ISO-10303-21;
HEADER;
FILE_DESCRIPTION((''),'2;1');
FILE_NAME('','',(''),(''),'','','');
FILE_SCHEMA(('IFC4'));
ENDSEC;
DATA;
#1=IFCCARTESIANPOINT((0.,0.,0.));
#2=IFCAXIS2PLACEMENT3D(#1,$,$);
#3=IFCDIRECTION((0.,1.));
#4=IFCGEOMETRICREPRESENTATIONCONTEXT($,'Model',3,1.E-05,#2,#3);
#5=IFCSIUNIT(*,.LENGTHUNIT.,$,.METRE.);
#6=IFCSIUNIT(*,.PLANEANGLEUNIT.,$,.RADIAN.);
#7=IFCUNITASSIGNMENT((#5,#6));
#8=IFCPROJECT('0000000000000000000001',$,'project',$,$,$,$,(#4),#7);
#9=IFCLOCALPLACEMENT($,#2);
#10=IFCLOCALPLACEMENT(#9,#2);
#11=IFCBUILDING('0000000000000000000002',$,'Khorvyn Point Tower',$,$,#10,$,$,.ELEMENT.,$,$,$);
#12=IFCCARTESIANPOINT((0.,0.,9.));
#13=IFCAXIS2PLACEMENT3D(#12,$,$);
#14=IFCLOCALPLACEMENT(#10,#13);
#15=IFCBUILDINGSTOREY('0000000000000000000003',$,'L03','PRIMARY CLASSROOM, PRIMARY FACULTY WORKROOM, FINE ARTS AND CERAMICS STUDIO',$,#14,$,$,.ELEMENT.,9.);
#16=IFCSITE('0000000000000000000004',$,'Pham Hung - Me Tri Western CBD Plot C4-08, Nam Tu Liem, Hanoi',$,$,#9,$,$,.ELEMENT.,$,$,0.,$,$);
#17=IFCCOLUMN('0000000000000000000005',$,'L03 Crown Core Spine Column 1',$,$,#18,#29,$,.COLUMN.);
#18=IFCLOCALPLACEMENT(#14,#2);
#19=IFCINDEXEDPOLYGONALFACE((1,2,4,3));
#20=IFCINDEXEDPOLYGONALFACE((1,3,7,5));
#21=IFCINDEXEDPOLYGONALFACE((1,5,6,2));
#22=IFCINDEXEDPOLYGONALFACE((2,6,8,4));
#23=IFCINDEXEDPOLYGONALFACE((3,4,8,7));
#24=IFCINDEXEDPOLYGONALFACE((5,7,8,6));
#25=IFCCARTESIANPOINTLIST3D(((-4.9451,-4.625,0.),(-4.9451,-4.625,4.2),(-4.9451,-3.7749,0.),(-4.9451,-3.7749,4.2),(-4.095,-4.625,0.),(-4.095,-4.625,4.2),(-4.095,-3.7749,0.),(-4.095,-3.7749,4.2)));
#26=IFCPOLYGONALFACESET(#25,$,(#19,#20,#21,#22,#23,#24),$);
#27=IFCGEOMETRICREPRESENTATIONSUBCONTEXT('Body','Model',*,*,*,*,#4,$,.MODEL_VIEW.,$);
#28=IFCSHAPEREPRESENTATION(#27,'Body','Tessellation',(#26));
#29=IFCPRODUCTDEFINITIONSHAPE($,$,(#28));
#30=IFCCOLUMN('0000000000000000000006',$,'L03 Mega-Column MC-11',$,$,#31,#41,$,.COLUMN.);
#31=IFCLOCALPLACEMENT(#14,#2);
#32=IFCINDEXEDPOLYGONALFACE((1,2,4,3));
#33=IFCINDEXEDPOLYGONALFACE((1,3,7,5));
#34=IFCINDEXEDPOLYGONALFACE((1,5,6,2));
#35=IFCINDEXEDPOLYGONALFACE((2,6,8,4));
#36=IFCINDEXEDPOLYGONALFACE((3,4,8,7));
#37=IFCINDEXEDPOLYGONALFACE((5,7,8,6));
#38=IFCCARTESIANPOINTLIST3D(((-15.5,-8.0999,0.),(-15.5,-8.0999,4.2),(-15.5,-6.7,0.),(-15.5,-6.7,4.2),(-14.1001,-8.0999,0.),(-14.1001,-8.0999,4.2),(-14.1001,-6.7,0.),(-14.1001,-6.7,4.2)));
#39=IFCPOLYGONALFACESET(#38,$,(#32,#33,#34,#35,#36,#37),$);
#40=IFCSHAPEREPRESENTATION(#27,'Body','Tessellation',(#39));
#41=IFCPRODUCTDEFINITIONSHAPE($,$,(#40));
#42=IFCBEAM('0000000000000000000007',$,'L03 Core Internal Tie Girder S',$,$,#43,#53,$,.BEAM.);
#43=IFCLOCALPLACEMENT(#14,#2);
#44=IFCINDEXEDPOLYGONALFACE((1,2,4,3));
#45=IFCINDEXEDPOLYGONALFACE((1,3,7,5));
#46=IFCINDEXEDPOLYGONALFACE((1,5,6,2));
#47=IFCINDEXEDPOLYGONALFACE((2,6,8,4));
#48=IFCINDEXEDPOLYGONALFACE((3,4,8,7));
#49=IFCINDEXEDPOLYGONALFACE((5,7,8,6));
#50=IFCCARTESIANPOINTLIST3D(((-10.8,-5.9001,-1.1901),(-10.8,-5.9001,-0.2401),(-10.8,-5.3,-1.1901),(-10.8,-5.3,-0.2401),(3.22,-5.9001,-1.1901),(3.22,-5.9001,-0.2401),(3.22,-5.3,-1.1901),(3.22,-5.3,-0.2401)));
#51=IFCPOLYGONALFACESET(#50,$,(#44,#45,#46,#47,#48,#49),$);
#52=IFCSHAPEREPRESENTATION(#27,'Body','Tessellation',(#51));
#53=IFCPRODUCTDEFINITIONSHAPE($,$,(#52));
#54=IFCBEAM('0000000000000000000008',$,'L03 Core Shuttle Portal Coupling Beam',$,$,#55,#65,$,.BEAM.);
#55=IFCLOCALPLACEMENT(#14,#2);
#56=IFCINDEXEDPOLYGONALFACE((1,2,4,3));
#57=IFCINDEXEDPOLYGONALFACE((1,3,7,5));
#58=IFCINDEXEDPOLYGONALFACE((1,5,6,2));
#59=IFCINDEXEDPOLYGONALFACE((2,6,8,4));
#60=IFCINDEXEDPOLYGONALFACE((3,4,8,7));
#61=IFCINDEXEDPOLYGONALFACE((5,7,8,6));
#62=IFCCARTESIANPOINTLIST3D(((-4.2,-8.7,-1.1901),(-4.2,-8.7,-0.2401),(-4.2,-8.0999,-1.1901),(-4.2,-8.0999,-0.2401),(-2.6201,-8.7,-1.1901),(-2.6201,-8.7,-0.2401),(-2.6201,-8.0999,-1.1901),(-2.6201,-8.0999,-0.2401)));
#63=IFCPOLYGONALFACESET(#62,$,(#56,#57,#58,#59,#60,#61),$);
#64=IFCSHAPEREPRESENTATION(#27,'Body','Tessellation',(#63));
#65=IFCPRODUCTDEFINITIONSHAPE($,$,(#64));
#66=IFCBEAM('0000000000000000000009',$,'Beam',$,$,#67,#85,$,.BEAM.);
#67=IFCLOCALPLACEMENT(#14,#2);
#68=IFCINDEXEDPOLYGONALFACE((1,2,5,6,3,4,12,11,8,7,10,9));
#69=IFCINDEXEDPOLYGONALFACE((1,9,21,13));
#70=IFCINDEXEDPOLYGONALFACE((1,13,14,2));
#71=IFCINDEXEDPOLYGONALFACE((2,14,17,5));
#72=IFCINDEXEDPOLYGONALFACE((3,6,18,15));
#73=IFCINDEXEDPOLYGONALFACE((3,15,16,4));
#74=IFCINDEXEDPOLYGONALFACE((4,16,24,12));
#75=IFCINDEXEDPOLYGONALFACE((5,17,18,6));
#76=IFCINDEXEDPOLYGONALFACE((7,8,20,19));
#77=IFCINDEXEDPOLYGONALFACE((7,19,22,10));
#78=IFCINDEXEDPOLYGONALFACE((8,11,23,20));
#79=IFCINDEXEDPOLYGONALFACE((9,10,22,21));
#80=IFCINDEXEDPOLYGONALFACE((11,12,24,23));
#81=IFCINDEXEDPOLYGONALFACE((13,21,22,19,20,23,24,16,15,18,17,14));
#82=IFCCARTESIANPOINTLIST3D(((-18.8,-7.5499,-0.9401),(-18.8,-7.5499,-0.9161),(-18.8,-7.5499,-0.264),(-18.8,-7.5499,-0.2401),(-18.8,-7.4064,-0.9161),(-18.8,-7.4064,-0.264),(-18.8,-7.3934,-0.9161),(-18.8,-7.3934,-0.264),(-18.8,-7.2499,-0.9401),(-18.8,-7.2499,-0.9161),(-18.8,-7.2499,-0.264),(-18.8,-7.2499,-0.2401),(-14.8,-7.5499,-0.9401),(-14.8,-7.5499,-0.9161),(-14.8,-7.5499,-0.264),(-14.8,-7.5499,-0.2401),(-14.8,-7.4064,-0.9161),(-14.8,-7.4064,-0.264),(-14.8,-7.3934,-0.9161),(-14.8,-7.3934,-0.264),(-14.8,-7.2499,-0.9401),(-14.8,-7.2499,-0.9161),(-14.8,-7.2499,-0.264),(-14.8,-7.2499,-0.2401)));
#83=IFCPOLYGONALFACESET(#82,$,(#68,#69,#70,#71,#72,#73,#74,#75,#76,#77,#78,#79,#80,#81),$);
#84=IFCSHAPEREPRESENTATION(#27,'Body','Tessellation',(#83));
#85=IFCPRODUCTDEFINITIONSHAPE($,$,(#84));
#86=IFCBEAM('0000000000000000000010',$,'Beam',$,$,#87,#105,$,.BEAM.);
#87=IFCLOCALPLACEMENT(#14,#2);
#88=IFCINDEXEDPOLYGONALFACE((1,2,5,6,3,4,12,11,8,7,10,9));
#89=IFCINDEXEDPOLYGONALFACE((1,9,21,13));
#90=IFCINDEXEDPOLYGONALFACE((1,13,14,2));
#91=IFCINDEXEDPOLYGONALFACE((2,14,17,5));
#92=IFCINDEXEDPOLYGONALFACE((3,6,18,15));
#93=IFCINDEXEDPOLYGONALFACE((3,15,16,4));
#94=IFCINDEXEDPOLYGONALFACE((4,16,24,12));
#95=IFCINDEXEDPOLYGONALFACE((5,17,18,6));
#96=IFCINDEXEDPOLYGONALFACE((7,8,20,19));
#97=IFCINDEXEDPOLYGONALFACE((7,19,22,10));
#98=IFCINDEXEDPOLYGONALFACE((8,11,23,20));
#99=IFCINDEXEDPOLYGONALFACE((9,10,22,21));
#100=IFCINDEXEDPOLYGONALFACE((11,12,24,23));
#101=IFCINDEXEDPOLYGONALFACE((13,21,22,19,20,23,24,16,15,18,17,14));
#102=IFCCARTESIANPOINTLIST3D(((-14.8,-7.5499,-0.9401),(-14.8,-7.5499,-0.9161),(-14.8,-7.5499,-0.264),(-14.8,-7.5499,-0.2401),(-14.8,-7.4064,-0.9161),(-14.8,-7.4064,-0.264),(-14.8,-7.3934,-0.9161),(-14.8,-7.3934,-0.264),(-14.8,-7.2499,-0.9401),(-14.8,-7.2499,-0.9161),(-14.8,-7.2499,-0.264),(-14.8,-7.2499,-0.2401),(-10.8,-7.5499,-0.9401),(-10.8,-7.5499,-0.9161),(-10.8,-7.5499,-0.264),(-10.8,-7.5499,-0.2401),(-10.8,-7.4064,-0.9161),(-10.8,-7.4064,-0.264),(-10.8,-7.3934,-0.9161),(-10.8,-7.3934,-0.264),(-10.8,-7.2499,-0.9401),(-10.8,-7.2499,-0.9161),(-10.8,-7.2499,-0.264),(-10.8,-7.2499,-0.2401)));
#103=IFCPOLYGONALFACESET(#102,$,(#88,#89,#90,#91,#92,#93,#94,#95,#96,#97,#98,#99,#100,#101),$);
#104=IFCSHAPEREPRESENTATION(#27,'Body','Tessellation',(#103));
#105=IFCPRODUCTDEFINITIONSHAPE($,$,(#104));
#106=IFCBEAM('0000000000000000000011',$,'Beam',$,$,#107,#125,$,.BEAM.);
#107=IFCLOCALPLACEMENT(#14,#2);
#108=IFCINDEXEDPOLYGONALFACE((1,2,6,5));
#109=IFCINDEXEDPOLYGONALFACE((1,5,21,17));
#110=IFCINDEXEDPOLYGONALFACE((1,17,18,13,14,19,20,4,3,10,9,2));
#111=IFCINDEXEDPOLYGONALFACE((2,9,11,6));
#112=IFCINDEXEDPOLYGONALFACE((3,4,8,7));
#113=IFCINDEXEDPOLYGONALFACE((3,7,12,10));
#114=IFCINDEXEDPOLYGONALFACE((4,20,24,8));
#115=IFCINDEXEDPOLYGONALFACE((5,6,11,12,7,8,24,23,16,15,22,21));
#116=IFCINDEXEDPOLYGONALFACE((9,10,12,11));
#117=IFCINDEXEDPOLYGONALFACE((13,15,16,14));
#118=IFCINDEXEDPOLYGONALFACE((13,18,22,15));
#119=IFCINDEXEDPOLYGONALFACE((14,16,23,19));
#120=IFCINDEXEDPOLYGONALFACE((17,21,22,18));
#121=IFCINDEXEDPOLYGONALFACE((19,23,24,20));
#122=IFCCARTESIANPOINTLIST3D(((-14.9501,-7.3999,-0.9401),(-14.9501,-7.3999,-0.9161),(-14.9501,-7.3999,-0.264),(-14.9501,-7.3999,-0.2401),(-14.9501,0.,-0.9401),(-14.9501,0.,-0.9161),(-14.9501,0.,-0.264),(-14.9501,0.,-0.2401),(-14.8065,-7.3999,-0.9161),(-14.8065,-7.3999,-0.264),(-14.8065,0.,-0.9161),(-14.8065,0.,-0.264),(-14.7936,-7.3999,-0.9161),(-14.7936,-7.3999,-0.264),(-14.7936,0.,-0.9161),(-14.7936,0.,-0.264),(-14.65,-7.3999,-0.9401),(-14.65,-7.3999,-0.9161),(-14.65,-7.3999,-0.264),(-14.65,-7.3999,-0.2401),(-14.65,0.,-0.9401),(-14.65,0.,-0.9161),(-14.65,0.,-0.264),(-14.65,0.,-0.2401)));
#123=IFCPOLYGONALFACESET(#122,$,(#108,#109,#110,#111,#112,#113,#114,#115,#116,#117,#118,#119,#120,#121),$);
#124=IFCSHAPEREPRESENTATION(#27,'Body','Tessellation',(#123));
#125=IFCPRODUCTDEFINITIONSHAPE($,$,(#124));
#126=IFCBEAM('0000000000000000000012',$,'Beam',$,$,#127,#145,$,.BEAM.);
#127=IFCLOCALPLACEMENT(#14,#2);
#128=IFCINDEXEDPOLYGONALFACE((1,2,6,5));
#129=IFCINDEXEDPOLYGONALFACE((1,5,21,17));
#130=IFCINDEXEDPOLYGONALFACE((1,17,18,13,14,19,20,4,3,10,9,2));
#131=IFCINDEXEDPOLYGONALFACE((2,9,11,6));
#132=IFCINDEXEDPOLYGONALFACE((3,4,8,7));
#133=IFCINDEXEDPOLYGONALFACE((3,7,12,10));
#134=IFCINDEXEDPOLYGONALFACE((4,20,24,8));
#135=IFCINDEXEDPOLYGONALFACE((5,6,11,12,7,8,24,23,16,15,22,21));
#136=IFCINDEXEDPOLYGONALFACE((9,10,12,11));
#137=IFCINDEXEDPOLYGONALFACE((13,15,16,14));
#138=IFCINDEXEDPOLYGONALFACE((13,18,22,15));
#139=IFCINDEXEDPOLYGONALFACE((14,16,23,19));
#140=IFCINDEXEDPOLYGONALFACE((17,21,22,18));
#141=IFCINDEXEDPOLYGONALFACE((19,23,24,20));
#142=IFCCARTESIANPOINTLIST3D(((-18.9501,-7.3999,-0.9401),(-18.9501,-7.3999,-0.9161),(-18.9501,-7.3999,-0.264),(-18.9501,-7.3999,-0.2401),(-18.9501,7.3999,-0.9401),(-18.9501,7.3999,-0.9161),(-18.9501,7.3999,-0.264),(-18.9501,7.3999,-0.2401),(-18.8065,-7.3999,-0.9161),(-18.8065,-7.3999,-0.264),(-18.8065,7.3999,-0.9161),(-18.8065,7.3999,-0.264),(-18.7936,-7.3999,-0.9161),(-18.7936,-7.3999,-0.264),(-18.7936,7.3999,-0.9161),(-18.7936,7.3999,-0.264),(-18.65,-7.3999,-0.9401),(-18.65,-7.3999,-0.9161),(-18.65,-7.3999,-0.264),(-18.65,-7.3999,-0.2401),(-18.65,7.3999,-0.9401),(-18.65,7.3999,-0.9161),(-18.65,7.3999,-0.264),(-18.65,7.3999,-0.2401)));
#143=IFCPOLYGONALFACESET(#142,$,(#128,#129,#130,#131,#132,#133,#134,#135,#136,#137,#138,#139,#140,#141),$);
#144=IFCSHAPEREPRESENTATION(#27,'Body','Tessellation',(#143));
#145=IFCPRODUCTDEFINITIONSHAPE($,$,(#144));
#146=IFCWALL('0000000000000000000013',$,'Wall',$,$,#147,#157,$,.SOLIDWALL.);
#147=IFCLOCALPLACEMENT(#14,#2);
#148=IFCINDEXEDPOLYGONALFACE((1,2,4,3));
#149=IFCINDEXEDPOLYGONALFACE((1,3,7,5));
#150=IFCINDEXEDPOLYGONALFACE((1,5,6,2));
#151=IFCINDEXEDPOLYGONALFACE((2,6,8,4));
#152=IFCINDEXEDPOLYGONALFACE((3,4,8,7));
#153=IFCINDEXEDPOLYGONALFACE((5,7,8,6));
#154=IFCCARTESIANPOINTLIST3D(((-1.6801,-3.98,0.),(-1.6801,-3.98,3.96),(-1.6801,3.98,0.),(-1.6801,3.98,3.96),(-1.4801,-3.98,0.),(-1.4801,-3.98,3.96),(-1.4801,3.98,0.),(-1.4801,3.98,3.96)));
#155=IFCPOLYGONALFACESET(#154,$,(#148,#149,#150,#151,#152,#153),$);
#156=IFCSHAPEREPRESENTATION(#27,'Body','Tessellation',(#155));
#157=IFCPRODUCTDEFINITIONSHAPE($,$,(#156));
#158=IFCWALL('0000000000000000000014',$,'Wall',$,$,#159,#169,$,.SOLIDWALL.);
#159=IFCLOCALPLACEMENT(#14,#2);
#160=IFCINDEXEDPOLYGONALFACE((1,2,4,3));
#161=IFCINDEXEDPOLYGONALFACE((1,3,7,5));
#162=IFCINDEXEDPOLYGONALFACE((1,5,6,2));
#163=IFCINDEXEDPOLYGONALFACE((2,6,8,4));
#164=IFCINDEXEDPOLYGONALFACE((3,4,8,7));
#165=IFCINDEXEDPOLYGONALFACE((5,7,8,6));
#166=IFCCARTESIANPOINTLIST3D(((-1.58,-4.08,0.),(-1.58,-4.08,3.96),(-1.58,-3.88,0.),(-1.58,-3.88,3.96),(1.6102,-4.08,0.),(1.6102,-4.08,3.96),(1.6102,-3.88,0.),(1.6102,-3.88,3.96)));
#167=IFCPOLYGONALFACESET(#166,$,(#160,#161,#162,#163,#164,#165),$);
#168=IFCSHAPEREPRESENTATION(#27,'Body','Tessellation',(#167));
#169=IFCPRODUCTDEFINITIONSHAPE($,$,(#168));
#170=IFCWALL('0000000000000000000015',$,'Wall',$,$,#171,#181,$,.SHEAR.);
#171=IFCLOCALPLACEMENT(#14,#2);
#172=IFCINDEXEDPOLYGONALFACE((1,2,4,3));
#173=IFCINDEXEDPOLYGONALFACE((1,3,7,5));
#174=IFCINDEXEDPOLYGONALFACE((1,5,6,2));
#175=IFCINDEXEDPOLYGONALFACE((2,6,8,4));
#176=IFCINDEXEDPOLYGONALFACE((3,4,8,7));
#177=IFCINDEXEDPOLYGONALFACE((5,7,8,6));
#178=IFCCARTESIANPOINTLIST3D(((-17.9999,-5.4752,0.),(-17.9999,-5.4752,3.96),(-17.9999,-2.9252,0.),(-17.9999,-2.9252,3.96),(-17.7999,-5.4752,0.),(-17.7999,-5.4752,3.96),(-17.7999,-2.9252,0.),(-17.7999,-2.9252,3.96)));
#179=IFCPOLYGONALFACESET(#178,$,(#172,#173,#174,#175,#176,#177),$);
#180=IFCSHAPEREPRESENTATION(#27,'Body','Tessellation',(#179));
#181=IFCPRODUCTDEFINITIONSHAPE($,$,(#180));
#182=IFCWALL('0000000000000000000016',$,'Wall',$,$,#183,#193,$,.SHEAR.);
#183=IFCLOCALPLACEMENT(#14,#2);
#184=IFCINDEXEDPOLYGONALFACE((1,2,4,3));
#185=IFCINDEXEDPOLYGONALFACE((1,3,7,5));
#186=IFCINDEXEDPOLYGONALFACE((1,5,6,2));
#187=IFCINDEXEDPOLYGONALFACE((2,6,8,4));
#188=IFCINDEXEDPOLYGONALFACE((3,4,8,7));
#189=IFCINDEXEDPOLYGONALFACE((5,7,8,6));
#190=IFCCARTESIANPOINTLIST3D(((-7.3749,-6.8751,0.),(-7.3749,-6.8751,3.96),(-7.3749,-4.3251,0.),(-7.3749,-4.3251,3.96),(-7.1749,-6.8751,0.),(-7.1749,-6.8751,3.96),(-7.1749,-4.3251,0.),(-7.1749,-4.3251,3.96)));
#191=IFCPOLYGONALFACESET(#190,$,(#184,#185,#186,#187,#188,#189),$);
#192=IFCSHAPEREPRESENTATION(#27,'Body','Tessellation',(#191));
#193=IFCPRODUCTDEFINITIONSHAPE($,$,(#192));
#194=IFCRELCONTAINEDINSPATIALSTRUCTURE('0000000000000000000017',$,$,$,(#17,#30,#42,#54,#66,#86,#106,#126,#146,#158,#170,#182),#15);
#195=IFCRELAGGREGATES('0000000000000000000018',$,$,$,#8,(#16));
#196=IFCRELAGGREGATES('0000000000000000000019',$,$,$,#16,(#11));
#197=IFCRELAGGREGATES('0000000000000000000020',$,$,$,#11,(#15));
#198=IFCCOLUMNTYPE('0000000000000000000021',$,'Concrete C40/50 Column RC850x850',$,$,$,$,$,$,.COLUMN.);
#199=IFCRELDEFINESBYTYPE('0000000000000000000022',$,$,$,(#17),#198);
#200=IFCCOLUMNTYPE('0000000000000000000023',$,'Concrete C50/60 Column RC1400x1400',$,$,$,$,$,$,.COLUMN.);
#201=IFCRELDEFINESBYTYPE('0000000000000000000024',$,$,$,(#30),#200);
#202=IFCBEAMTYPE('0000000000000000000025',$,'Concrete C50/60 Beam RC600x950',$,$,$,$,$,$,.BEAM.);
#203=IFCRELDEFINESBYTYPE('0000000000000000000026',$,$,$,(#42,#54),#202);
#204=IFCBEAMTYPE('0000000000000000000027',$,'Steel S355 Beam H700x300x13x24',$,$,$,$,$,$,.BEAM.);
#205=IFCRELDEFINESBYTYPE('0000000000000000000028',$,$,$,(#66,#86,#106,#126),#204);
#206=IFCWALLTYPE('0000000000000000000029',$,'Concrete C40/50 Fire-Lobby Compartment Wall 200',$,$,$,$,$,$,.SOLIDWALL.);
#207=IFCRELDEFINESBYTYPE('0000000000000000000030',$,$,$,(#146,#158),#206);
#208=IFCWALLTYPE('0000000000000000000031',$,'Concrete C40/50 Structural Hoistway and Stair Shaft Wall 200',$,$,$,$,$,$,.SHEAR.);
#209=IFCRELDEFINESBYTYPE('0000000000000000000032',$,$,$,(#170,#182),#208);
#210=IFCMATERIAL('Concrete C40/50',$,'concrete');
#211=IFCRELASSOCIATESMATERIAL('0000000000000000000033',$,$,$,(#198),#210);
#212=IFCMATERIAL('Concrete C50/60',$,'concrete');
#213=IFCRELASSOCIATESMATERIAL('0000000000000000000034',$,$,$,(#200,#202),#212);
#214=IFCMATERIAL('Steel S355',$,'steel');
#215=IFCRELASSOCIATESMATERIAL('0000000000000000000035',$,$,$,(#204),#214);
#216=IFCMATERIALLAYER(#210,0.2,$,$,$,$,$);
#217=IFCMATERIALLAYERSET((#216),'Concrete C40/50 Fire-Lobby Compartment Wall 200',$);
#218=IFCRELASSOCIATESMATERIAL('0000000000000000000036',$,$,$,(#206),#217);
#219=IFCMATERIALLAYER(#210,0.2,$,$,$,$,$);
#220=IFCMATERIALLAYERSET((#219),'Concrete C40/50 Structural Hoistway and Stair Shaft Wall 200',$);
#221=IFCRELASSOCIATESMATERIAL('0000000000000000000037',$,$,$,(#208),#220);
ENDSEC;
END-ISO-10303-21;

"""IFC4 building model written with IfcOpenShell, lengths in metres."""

from ifc_helpers import new_model, si_unit, direction, frame, frame_2d, origin, origin_2d, place, context, subcontext, project, spatial, rectangle, i_section, extrude, material, layer, layer_set, material_profile, profile_set, type_object, element, save


model = new_model("IFC4")

# Units and contexts
model_context = context("Model", 3, precision=1e-05, world=origin(), true_north=direction((0.0, 1.0)))
body_context = subcontext(model_context, "Body", "Model", "MODEL_VIEW")
ifc_project = project(units=[si_unit("LENGTHUNIT", "METRE"), si_unit("PLANEANGLEUNIT", "RADIAN")], contexts=[model_context])

# Site, building, storey
site_placement = place(None, origin())
site = spatial("IfcSite", under=ifc_project, at=site_placement, Name="Pham Hung - Me Tri Western CBD Plot C4-08, Nam Tu Liem, Hanoi", CompositionType="ELEMENT", RefElevation=0.0)
building_placement = place(site_placement, origin())
building = spatial("IfcBuilding", under=site, at=building_placement, Name="Khorvyn Point Tower", CompositionType="ELEMENT")
storey_placement = place(building_placement, frame((0.0, 0.0, 9.0)))
storey = spatial("IfcBuildingStorey", under=building, at=storey_placement, Name="L03", Description="PRIMARY CLASSROOM, PRIMARY FACULTY WORKROOM, FINE ARTS AND CERAMICS STUDIO", CompositionType="ELEMENT", Elevation=9.0)

# Columns
ifc_material_1 = material(Name="Concrete C40/50", Category="concrete")
ifc_material_profile_1 = material_profile(ifc_material_1, rectangle(XDim=0.8501, YDim=0.8501, at=origin_2d()))
ifc_profile_set_1 = profile_set([ifc_material_profile_1], Name="Concrete C40/50 RC850x850")
column_type_1 = type_object("IfcColumnType", Name="Concrete C40/50 Column RC850x850", PredefinedType="COLUMN", material=ifc_profile_set_1)
column_1_placement = place(storey_placement, frame((-4.52, -4.2, 0.0), z_axis=(0.0, 0.0, 1.0), x_axis=(1.0, 0.0, 0.0)))
element("IfcColumn", 1, at=column_1_placement, inside=storey, type_object=column_type_1, Name="L03 Crown Core Spine Column 1", PredefinedType="COLUMN", context=body_context, shape_type="SweptSolid", body=[
    extrude(rectangle(XDim=0.8501, YDim=0.8501, at=origin_2d()), origin(), (0.0, 0.0, 1.0), 4.2),
])
ifc_material_2 = material(Name="Concrete C50/60", Category="concrete")
ifc_material_profile_2 = material_profile(ifc_material_2, rectangle(XDim=1.3999, YDim=1.3999, at=origin_2d()))
ifc_profile_set_2 = profile_set([ifc_material_profile_2], Name="Concrete C50/60 RC1400x1400")
column_type_2 = type_object("IfcColumnType", Name="Concrete C50/60 Column RC1400x1400", PredefinedType="COLUMN", material=ifc_profile_set_2)
column_2_placement = place(storey_placement, frame((-14.8, -7.3999, 0.0), z_axis=(0.0, 0.0, 1.0), x_axis=(1.0, 0.0, 0.0)))
element("IfcColumn", 2, at=column_2_placement, inside=storey, type_object=column_type_2, Name="L03 Mega-Column MC-11", PredefinedType="COLUMN", context=body_context, shape_type="SweptSolid", body=[
    extrude(rectangle(XDim=1.3999, YDim=1.3999, at=origin_2d()), origin(), (0.0, 0.0, 1.0), 4.2),
])

# Beams
ifc_material_profile_3 = material_profile(ifc_material_2, rectangle(XDim=0.6001, YDim=0.95, at=origin_2d()))
ifc_profile_set_3 = profile_set([ifc_material_profile_3], Name="Concrete C50/60 RC600x950")
beam_type_1 = type_object("IfcBeamType", Name="Concrete C50/60 Beam RC600x950", PredefinedType="BEAM", material=ifc_profile_set_3)
beam_1_placement = place(storey_placement, frame((-10.8, -5.6001, -0.7151), z_axis=(1.0, 0.0, 0.0), x_axis=(0.0, 1.0, 0.0)))
element("IfcBeam", 3, at=beam_1_placement, inside=storey, type_object=beam_type_1, Name="L03 Core Internal Tie Girder S", PredefinedType="BEAM", context=body_context, shape_type="SweptSolid", body=[
    extrude(rectangle(XDim=0.6001, YDim=0.95, at=origin_2d()), origin(), (0.0, 0.0, 1.0), 14.02),
])
beam_2_placement = place(storey_placement, frame((-4.2, -8.3999, -0.7151), z_axis=(1.0, 0.0, 0.0), x_axis=(0.0, 1.0, 0.0)))
element("IfcBeam", 4, at=beam_2_placement, inside=storey, type_object=beam_type_1, Name="L03 Core Shuttle Portal Coupling Beam", PredefinedType="BEAM", context=body_context, shape_type="SweptSolid", body=[
    extrude(rectangle(XDim=0.6001, YDim=0.95, at=origin_2d()), origin(), (0.0, 0.0, 1.0), 1.5798),
])
ifc_material_3 = material(Name="Steel S355", Category="steel")
ifc_material_profile_4 = material_profile(ifc_material_3, i_section(OverallWidth=0.3, OverallDepth=0.7, WebThickness=0.0129, FlangeThickness=0.0239, at=origin_2d()))
ifc_profile_set_4 = profile_set([ifc_material_profile_4], Name="Steel S355 H700x300x13x24")
beam_type_2 = type_object("IfcBeamType", Name="Steel S355 Beam H700x300x13x24", PredefinedType="BEAM", material=ifc_profile_set_4)
for number, where, z_axis, x_axis, name in (
    (5, (-18.8, -7.3999, -0.5901), (1.0, 0.0, 0.0), (0.0, 1.0, 0.0), "Beam"),
    (6, (-14.8, -7.3999, -0.5901), (1.0, 0.0, 0.0), (0.0, 1.0, 0.0), "Beam"),
):
    element("IfcBeam", number, at=place(storey_placement, frame(where, z_axis=z_axis, x_axis=x_axis)), inside=storey, type_object=beam_type_2, Name=name, PredefinedType="BEAM", context=body_context, shape_type="SweptSolid", body=[
        extrude(i_section(OverallWidth=0.3, OverallDepth=0.7, WebThickness=0.0129, FlangeThickness=0.0239, at=origin_2d()), origin(), (0.0, 0.0, 1.0), 4.0),
    ])
beam_3_placement = place(storey_placement, frame((-14.8, -7.3999, -0.5901), z_axis=(0.0, 1.0, 0.0), x_axis=(-1.0, 0.0, 0.0)))
element("IfcBeam", 7, at=beam_3_placement, inside=storey, type_object=beam_type_2, Name="Beam", PredefinedType="BEAM", context=body_context, shape_type="SweptSolid", body=[
    extrude(i_section(OverallWidth=0.3, OverallDepth=0.7, WebThickness=0.0129, FlangeThickness=0.0239, at=origin_2d()), origin(), (0.0, 0.0, 1.0), 7.3999),
])
beam_4_placement = place(storey_placement, frame((-18.8, -7.3999, -0.5901), z_axis=(0.0, 1.0, 0.0), x_axis=(-1.0, 0.0, 0.0)))
element("IfcBeam", 8, at=beam_4_placement, inside=storey, type_object=beam_type_2, Name="Beam", PredefinedType="BEAM", context=body_context, shape_type="SweptSolid", body=[
    extrude(i_section(OverallWidth=0.3, OverallDepth=0.7, WebThickness=0.0129, FlangeThickness=0.0239, at=origin_2d()), origin(), (0.0, 0.0, 1.0), 14.7998),
])

# Shared definitions
ifc_layer_1 = layer(ifc_material_1, 0.2)
ifc_layer_set_1 = layer_set([ifc_layer_1], Name="Concrete C40/50 Fire-Lobby Compartment Wall 200")
wall_type_1 = type_object("IfcWallType", Name="Concrete C40/50 Fire-Lobby Compartment Wall 200", PredefinedType="SOLIDWALL", material=ifc_layer_set_1)

# Walls
wall_1_placement = place(storey_placement, frame((-1.5801, -3.98, 0.0), z_axis=(0.0, 0.0, 1.0), x_axis=(0.0, 1.0, 0.0)))
element("IfcWall", 9, at=wall_1_placement, inside=storey, type_object=wall_type_1, Name="Wall", PredefinedType="SOLIDWALL", context=body_context, shape_type="SweptSolid", body=[
    extrude(rectangle(XDim=7.96, YDim=0.2, at=frame_2d((3.98, 0.0))), origin(), (0.0, 0.0, 1.0), 3.96),
])
wall_2_placement = place(storey_placement, frame((-1.5801, -3.98, 0.0), z_axis=(0.0, 0.0, 1.0), x_axis=(1.0, 0.0, 0.0)))
element("IfcWall", 10, at=wall_2_placement, inside=storey, type_object=wall_type_1, Name="Wall", PredefinedType="SOLIDWALL", context=body_context, shape_type="SweptSolid", body=[
    extrude(rectangle(XDim=3.1902, YDim=0.2, at=frame_2d((1.5952, 0.0))), origin(), (0.0, 0.0, 1.0), 3.96),
])
ifc_layer_2 = layer(ifc_material_1, 0.2)
ifc_layer_set_2 = layer_set([ifc_layer_2], Name="Concrete C40/50 Structural Hoistway and Stair Shaft Wall 200")
wall_type_2 = type_object("IfcWallType", Name="Concrete C40/50 Structural Hoistway and Stair Shaft Wall 200", PredefinedType="SHEAR", material=ifc_layer_set_2)
for number, where, z_axis, x_axis, name in (
    (11, (-17.8999, -5.4751, 0.0), (0.0, 0.0, 1.0), (0.0, 1.0, 0.0), "Wall"),
    (12, (-7.2749, -6.875, 0.0), (0.0, 0.0, 1.0), (0.0, 1.0, 0.0), "Wall"),
):
    element("IfcWall", number, at=place(storey_placement, frame(where, z_axis=z_axis, x_axis=x_axis)), inside=storey, type_object=wall_type_2, Name=name, PredefinedType="SHEAR", context=body_context, shape_type="SweptSolid", body=[
        extrude(rectangle(XDim=2.55, YDim=0.2, at=frame_2d((1.2749, 0.0))), origin(), (0.0, 0.0, 1.0), 3.96),
    ])

save(model, "model.ifc")
